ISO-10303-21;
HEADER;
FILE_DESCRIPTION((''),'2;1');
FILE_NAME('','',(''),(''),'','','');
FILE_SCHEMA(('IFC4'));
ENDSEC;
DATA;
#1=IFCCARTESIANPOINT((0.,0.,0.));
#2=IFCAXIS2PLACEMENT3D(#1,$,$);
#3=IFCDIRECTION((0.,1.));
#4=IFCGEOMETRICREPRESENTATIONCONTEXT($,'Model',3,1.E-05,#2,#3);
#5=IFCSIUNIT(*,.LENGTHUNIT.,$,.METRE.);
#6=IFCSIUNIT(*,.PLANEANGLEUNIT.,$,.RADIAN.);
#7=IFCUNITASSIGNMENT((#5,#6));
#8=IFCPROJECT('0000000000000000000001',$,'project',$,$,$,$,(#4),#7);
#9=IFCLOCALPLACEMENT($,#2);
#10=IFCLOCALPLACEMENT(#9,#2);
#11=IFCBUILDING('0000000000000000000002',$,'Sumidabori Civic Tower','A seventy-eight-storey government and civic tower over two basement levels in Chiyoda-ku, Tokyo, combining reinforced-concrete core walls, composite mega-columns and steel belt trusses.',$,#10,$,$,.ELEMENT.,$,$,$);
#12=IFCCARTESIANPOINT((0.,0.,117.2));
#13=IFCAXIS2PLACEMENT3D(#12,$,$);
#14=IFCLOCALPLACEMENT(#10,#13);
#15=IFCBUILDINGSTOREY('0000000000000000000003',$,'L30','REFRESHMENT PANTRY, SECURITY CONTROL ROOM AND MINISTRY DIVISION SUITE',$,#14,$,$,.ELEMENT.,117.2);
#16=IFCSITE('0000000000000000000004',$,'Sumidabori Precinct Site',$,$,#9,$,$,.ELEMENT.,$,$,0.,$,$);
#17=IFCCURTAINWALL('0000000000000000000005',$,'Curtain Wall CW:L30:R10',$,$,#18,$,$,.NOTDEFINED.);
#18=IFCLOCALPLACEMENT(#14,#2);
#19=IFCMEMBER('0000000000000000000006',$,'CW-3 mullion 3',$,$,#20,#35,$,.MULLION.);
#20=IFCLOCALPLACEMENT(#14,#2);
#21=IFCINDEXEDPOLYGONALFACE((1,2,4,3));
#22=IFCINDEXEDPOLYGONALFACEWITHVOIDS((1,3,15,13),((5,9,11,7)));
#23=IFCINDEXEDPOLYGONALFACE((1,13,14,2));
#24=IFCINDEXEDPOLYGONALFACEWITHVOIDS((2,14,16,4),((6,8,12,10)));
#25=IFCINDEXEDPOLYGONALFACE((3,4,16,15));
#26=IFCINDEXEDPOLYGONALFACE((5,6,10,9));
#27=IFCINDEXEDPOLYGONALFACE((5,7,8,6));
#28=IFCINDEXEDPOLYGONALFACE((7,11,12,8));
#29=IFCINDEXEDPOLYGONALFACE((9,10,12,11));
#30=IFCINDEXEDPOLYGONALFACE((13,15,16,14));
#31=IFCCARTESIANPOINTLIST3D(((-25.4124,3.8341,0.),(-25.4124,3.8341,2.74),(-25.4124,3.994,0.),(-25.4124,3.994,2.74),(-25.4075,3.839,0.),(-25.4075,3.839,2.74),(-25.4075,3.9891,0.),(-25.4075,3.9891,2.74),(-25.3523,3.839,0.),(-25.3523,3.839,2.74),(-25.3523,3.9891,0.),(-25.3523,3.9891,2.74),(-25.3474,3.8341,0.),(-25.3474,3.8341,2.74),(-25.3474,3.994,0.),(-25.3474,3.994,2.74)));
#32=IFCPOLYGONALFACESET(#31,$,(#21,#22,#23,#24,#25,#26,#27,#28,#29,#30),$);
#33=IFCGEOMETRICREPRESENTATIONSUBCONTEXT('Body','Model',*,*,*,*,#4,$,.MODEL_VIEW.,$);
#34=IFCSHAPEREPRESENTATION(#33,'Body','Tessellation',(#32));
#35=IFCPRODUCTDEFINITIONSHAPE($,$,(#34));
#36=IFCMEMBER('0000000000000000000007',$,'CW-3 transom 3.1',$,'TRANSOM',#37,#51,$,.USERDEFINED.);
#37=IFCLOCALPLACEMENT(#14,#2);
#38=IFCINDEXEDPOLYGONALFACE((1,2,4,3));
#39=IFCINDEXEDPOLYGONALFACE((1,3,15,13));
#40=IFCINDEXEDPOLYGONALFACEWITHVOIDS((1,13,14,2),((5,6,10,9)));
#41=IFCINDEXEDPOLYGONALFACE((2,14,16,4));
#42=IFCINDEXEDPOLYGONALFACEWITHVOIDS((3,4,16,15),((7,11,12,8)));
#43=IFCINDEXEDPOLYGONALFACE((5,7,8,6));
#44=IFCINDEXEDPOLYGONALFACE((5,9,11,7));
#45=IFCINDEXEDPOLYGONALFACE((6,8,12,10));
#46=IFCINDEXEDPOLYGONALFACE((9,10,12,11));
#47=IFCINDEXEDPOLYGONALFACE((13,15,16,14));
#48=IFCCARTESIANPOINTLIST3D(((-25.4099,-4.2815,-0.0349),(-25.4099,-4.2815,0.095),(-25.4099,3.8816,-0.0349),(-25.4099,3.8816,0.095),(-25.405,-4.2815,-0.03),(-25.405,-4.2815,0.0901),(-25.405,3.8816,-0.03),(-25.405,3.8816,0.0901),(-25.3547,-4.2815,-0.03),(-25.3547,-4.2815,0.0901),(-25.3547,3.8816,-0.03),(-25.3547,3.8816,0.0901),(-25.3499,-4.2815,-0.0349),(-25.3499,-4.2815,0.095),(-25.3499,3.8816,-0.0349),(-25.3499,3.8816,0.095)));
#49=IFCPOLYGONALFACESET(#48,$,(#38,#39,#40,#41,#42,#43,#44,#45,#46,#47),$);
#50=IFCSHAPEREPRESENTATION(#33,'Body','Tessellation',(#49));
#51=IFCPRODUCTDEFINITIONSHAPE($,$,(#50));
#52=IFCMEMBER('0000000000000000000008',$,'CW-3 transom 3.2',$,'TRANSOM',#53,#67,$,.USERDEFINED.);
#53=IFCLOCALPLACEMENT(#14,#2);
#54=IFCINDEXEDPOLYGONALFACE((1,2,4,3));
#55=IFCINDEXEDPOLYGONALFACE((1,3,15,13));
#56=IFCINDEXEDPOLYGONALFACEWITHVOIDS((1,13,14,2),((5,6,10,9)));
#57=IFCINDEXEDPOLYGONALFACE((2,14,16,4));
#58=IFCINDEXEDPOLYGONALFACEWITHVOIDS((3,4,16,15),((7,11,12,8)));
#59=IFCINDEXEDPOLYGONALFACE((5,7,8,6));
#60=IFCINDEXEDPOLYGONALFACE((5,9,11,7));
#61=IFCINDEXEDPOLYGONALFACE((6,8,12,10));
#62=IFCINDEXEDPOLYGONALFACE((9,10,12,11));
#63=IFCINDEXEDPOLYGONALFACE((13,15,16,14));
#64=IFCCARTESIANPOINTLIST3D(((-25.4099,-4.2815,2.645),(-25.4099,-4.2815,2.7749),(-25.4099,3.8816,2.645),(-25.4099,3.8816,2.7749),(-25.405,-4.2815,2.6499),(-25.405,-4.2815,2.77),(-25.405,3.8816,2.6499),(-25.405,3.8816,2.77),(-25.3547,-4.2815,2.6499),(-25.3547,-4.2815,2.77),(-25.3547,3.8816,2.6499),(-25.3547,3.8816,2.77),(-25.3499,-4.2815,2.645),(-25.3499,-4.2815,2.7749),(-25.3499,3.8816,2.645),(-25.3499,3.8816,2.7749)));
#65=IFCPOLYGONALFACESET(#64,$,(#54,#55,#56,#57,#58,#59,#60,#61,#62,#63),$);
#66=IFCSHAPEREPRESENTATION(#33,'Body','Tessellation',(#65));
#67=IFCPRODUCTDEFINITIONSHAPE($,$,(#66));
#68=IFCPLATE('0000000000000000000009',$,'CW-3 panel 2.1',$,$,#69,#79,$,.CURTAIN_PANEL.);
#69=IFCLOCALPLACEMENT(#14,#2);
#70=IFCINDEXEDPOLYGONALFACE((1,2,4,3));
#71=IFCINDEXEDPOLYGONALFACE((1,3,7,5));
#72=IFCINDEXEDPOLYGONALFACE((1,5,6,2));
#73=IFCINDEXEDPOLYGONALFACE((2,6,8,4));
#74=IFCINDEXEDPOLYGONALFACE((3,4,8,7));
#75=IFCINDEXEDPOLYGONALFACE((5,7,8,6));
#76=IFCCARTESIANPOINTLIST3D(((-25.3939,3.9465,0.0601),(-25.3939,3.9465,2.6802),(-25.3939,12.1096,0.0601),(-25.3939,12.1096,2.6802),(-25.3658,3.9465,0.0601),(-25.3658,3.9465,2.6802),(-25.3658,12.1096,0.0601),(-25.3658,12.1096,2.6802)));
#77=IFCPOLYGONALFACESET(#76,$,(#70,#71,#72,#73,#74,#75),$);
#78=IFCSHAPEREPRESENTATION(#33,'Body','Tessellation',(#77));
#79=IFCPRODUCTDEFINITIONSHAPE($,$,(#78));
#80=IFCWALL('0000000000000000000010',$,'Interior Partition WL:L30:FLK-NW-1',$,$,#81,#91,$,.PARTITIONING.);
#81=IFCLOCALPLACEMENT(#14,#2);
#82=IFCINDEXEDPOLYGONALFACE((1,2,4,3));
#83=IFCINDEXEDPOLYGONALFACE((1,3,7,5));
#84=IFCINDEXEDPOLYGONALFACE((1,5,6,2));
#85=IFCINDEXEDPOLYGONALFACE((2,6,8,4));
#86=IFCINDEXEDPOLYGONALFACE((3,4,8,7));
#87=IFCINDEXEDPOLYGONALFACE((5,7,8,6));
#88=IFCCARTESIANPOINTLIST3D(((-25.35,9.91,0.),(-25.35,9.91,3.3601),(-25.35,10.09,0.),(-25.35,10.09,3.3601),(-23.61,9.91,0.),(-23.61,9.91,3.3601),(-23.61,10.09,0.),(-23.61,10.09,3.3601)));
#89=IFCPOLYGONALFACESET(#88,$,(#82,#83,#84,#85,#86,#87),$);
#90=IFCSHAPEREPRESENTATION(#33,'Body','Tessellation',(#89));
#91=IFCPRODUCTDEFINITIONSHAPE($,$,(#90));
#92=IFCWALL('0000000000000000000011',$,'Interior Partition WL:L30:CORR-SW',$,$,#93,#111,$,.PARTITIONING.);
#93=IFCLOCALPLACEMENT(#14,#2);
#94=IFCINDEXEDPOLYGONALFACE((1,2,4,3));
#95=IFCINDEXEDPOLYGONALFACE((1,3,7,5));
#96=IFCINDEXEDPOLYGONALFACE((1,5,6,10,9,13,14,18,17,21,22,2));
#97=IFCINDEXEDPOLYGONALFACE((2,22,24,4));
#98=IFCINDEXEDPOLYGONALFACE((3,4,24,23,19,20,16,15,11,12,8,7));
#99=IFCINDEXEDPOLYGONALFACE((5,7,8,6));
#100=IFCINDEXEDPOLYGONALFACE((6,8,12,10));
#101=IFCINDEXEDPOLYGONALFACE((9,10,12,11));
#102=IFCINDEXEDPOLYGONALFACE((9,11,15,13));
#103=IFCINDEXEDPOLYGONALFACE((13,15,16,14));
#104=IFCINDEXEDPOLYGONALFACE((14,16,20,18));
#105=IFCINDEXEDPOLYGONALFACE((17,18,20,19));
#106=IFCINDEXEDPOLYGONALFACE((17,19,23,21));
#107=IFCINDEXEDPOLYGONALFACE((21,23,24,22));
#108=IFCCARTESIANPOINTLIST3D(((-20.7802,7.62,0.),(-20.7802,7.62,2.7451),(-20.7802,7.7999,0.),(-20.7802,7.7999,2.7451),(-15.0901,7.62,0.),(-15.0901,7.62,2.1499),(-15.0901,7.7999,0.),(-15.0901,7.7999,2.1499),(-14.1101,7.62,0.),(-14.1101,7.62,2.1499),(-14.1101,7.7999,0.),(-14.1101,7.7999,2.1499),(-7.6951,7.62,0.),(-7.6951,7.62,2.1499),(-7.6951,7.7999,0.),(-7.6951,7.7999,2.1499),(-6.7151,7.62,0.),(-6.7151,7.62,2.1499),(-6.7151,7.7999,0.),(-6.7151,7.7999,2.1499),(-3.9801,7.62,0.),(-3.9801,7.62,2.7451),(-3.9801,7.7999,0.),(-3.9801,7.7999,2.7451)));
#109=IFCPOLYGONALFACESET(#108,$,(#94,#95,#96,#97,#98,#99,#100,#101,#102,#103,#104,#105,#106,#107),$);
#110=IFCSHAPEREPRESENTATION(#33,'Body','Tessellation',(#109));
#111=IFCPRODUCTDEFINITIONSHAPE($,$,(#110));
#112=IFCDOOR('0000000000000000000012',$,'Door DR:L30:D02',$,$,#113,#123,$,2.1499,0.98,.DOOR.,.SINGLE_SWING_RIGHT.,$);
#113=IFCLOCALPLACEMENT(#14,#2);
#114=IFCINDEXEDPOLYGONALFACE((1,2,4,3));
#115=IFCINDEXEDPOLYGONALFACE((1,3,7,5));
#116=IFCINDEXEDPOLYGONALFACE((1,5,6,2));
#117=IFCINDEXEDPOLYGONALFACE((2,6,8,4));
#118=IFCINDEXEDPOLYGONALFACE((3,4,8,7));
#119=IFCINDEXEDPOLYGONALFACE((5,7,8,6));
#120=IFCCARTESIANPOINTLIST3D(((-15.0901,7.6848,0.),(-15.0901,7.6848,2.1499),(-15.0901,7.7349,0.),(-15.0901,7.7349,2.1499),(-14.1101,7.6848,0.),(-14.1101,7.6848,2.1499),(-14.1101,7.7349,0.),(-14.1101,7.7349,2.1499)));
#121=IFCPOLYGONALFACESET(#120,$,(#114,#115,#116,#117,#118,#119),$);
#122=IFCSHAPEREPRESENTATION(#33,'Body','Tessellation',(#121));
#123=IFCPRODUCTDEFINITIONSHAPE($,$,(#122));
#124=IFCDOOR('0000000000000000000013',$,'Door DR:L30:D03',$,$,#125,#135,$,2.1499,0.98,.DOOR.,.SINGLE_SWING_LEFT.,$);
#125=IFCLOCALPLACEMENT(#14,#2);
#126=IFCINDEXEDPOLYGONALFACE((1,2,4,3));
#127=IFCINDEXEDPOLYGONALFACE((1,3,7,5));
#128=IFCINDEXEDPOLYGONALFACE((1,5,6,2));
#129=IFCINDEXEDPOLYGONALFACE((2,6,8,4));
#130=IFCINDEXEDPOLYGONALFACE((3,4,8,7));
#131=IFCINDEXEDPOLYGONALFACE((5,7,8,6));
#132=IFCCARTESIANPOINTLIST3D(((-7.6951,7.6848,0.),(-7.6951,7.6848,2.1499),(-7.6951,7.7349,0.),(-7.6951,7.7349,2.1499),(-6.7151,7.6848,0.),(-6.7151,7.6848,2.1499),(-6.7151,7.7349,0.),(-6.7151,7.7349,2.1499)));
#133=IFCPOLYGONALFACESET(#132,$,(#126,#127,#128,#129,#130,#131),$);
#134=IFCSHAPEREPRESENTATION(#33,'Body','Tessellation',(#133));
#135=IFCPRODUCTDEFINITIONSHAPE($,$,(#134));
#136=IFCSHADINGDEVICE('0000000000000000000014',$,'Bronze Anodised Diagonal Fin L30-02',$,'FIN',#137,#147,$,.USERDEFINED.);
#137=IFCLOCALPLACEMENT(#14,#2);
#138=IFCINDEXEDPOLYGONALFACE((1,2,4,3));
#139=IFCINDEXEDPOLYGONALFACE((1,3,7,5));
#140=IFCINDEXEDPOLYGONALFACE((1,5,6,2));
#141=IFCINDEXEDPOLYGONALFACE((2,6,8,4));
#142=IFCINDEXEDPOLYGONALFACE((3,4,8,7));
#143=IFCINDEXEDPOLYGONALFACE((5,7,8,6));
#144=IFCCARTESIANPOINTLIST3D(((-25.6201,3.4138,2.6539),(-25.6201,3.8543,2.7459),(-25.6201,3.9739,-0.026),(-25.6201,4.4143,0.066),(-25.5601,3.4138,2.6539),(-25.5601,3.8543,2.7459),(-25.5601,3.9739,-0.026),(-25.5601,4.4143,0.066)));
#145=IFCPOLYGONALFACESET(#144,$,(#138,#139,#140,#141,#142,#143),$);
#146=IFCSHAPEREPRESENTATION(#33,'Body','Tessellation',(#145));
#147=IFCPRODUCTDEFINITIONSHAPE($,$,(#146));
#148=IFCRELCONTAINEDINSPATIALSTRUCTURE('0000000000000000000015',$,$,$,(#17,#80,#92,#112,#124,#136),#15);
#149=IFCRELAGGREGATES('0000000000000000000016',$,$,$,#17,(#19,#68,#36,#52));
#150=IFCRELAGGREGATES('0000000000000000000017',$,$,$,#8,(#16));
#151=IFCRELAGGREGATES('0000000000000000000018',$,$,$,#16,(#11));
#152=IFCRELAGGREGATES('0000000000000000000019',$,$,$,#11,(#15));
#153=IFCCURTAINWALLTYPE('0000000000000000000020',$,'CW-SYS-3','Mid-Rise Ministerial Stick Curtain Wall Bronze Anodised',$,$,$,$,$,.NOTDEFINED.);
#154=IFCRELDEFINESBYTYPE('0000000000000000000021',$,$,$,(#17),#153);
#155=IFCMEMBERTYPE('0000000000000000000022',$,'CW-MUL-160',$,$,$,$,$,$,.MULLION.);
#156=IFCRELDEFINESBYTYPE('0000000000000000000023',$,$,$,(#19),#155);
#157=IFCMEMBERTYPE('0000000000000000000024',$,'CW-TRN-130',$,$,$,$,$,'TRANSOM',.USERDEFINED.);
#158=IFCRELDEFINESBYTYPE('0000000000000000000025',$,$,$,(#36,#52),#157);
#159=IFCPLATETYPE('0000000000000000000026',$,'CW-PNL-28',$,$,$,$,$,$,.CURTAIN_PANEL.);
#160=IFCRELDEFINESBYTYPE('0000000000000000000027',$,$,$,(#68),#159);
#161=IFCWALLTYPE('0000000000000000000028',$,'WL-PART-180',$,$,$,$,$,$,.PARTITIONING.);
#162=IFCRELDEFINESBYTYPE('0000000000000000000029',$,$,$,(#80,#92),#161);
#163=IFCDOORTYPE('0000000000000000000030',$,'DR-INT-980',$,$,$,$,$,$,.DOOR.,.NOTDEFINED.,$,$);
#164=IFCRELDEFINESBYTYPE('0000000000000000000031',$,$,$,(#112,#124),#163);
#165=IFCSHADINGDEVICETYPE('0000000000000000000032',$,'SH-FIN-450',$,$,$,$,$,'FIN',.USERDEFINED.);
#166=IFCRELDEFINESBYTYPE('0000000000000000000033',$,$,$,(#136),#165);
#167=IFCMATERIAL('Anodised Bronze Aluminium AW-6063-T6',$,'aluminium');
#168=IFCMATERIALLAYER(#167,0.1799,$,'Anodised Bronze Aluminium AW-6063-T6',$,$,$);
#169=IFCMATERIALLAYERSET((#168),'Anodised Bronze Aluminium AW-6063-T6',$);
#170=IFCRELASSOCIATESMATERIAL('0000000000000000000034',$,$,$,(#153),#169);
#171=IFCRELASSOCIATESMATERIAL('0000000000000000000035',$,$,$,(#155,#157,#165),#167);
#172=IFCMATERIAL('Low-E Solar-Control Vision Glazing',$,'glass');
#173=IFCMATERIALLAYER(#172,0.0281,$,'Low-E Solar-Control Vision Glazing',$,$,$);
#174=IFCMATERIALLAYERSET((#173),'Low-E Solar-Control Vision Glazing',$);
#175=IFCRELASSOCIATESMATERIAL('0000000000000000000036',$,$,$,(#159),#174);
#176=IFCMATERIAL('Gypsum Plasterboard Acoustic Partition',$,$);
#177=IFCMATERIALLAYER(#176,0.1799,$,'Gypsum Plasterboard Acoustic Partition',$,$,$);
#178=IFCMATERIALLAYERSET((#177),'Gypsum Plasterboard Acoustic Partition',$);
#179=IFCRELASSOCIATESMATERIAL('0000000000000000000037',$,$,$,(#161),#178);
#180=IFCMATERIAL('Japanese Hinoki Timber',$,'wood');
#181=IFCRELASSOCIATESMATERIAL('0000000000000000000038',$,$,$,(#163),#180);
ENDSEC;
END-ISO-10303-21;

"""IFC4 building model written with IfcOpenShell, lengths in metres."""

from ifc_helpers import new_model, si_unit, direction, frame, frame_2d, origin, origin_2d, place, context, subcontext, project, spatial, rectangle, hollow_rectangle, extrude, source, transform, mapped, material, layer, layer_set, material_profile, profile_set, type_object, element, fill, aggregate, save


model = new_model("IFC4")

# Units and contexts
model_context = context("Model", 3, precision=1e-05, world=origin(), true_north=direction((0.0, 1.0)))
body_context = subcontext(model_context, "Body", "Model", "MODEL_VIEW")
ifc_project = project(units=[si_unit("LENGTHUNIT", "METRE"), si_unit("PLANEANGLEUNIT", "RADIAN")], contexts=[model_context])

# Site, building, storey
site_placement = place(None, origin())
site = spatial("IfcSite", under=ifc_project, at=site_placement, Name="Sumidabori Precinct Site", CompositionType="ELEMENT", RefElevation=0.0)
building_placement = place(site_placement, origin())
building = spatial("IfcBuilding", under=site, at=building_placement, Name="Sumidabori Civic Tower", Description="A seventy-eight-storey government and civic tower over two basement levels in Chiyoda-ku, Tokyo, combining reinforced-concrete core walls, composite mega-columns and steel belt trusses.", CompositionType="ELEMENT")
storey_placement = place(building_placement, frame((0.0, 0.0, 117.2)))
storey = spatial("IfcBuildingStorey", under=building, at=storey_placement, Name="L30", Description="REFRESHMENT PANTRY, SECURITY CONTROL ROOM AND MINISTRY DIVISION SUITE", CompositionType="ELEMENT", Elevation=117.2)

# Curtain wall, members, plate
ifc_material_1 = material(Name="Anodised Bronze Aluminium AW-6063-T6", Category="aluminium")
ifc_layer_1 = layer(ifc_material_1, 0.1799, Name="Anodised Bronze Aluminium AW-6063-T6")
ifc_layer_set_1 = layer_set([ifc_layer_1], Name="Anodised Bronze Aluminium AW-6063-T6")
curtain_wall_type = type_object("IfcCurtainWallType", Name="CW-SYS-3", Description="Mid-Rise Ministerial Stick Curtain Wall Bronze Anodised", PredefinedType="NOTDEFINED", material=ifc_layer_set_1)
curtain_wall_placement = place(storey_placement, origin())
curtain_wall = element("IfcCurtainWall", 1, at=curtain_wall_placement, inside=storey, type_object=curtain_wall_type, Name="Curtain Wall CW:L30:R10", PredefinedType="NOTDEFINED")
ifc_material_profile_1 = material_profile(ifc_material_1, hollow_rectangle(XDim=0.0649, YDim=0.1599, WallThickness=0.0049, at=origin_2d()), Name="ALU MULLION 160x65")
ifc_profile_set_1 = profile_set([ifc_material_profile_1], Name="Anodised Bronze Aluminium AW-6063-T6")
member_type_1 = type_object("IfcMemberType", Name="CW-MUL-160", PredefinedType="MULLION", material=ifc_profile_set_1)
shared_shape_1 = source(origin(), body_context, "Body", "SweptSolid", [
    extrude(hollow_rectangle(XDim=0.0649, YDim=0.1599, WallThickness=0.0049, at=origin_2d()), origin(), (0.0, 0.0, 1.0), 2.74),
])
member_1_placement = place(storey_placement, frame((-25.3799, 3.9141, 0.0), z_axis=(0.0, 0.0, 1.0), x_axis=(1.0, 0.0, 0.0)))
member_1 = element("IfcMember", 2, at=member_1_placement, type_object=member_type_1, Name="CW-3 mullion 3", PredefinedType="MULLION", context=body_context, shape_type="MappedRepresentation", body=[
    mapped(shared_shape_1, transform((0.0, 0.0, 0.0), x_axis=(1.0, 0.0, 0.0), y_axis=(0.0, 1.0, 0.0), z_axis=(0.0, 0.0, 1.0), scale=1.0)),
])
ifc_material_profile_2 = material_profile(ifc_material_1, hollow_rectangle(XDim=0.0601, YDim=0.1299, WallThickness=0.0049, at=origin_2d()), Name="ALU TRANSOM 130x60")
ifc_profile_set_2 = profile_set([ifc_material_profile_2], Name="Anodised Bronze Aluminium AW-6063-T6")
member_type_2 = type_object("IfcMemberType", Name="CW-TRN-130", ElementType="TRANSOM", PredefinedType="USERDEFINED", material=ifc_profile_set_2)
shared_shape_2 = source(origin(), body_context, "Body", "SweptSolid", [
    extrude(hollow_rectangle(XDim=0.0601, YDim=0.1299, WallThickness=0.0049, at=origin_2d()), origin(), (0.0, 0.0, 1.0), 8.1631),
])
member_2_placement = place(storey_placement, frame((-25.3799, 3.8816, 0.03), z_axis=(0.0, -1.0, 0.0), x_axis=(1.0, 0.0, 0.0)))
member_2 = element("IfcMember", 3, at=member_2_placement, type_object=member_type_2, Name="CW-3 transom 3.1", ObjectType="TRANSOM", PredefinedType="USERDEFINED", context=body_context, shape_type="MappedRepresentation", body=[
    mapped(shared_shape_2, transform((0.0, 0.0, 0.0), x_axis=(1.0, 0.0, 0.0), y_axis=(0.0, 1.0, 0.0), z_axis=(0.0, 0.0, 1.0), scale=1.0)),
])
member_3_placement = place(storey_placement, frame((-25.3799, 3.8816, 2.71), z_axis=(0.0, -1.0, 0.0), x_axis=(1.0, 0.0, 0.0)))
member_3 = element("IfcMember", 4, at=member_3_placement, type_object=member_type_2, Name="CW-3 transom 3.2", ObjectType="TRANSOM", PredefinedType="USERDEFINED", context=body_context, shape_type="MappedRepresentation", body=[
    mapped(shared_shape_2, transform((0.0, 0.0, 0.0), x_axis=(1.0, 0.0, 0.0), y_axis=(0.0, 1.0, 0.0), z_axis=(0.0, 0.0, 1.0), scale=1.0)),
])
ifc_material_2 = material(Name="Low-E Solar-Control Vision Glazing", Category="glass")
ifc_layer_2 = layer(ifc_material_2, 0.0281, Name="Low-E Solar-Control Vision Glazing")
ifc_layer_set_2 = layer_set([ifc_layer_2], Name="Low-E Solar-Control Vision Glazing")
plate_type = type_object("IfcPlateType", Name="CW-PNL-28", PredefinedType="CURTAIN_PANEL", material=ifc_layer_set_2)
shared_shape_3 = source(origin(), body_context, "Body", "SweptSolid", [
    extrude(rectangle(XDim=8.1631, YDim=0.0281, at=origin_2d()), origin(), (0.0, 0.0, 1.0), 2.6201),
])
plate_placement = place(storey_placement, frame((-25.3799, 8.0281, 0.0601), z_axis=(0.0, 0.0, 1.0), x_axis=(0.0, -1.0, 0.0)))
plate = element("IfcPlate", 5, at=plate_placement, type_object=plate_type, Name="CW-3 panel 2.1", PredefinedType="CURTAIN_PANEL", context=body_context, shape_type="MappedRepresentation", body=[
    mapped(shared_shape_3, transform((0.0, 0.0, 0.0), x_axis=(1.0, 0.0, 0.0), y_axis=(0.0, 1.0, 0.0), z_axis=(0.0, 0.0, 1.0), scale=1.0)),
])
aggregate(curtain_wall, [member_1, plate, member_2, member_3])

# Wall
ifc_material_3 = material(Name="Gypsum Plasterboard Acoustic Partition")
ifc_layer_3 = layer(ifc_material_3, 0.1799, Name="Gypsum Plasterboard Acoustic Partition")
ifc_layer_set_3 = layer_set([ifc_layer_3], Name="Gypsum Plasterboard Acoustic Partition")
wall_type_1 = type_object("IfcWallType", Name="WL-PART-180", PredefinedType="PARTITIONING", material=ifc_layer_set_3)
shared_shape_4 = source(origin(), body_context, "Body", "SweptSolid", [
    extrude(rectangle(XDim=1.74, YDim=0.1799, at=frame_2d((0.8701, 0.0))), origin(), (0.0, 0.0, 1.0), 3.3601),
])
wall_1_placement = place(storey_placement, frame((-25.3501, 10.0, 0.0), z_axis=(0.0, 0.0, 1.0), x_axis=(1.0, 0.0, 0.0)))
element("IfcWall", 6, at=wall_1_placement, inside=storey, type_object=wall_type_1, Name="Interior Partition WL:L30:FLK-NW-1", PredefinedType="PARTITIONING", context=body_context, shape_type="MappedRepresentation", body=[
    mapped(shared_shape_4, transform((0.0, 0.0, 0.0), x_axis=(1.0, 0.0, 0.0), y_axis=(0.0, 1.0, 0.0), z_axis=(0.0, 0.0, 1.0), scale=1.0)),
])

# Shared definitions
ifc_material_4 = material(Name="Japanese Hinoki Timber", Category="wood")

# Wall, openings, doors
shared_shape_5 = source(origin(), body_context, "Body", "SweptSolid", [
    extrude(rectangle(XDim=16.8, YDim=0.1799, at=frame_2d((8.3999, 0.0))), origin(), (0.0, 0.0, 1.0), 2.7451),
])
wall_2_placement = place(storey_placement, frame((-20.78, 7.71, 0.0), z_axis=(0.0, 0.0, 1.0), x_axis=(1.0, 0.0, 0.0)))
wall_2 = element("IfcWall", 7, at=wall_2_placement, inside=storey, type_object=wall_type_1, Name="Interior Partition WL:L30:CORR-SW", PredefinedType="PARTITIONING", context=body_context, shape_type="MappedRepresentation", body=[
    mapped(shared_shape_5, transform((0.0, 0.0, 0.0), x_axis=(1.0, 0.0, 0.0), y_axis=(0.0, 1.0, 0.0), z_axis=(0.0, 0.0, 1.0), scale=1.0)),
])
opening_1_placement = place(wall_2_placement, frame((5.6899, 0.0, 0.0)))
opening_1 = element("IfcOpeningElement", 8, at=opening_1_placement, cuts=wall_2, PredefinedType="OPENING", context=body_context, shape_type="SweptSolid", body=[
    extrude(rectangle(XDim=0.98, YDim=2.1499, at=frame_2d((0.49, 1.075))), frame((0.0, 0.1021, 0.0), z_axis=(0.0, -1.0, 0.0), x_axis=(1.0, 0.0, 0.0)), (0.0, 0.0, 1.0), 0.2039),
])
opening_2_placement = place(wall_2_placement, frame((13.085, 0.0, 0.0)))
opening_2 = element("IfcOpeningElement", 9, at=opening_2_placement, cuts=wall_2, PredefinedType="OPENING", context=body_context, shape_type="SweptSolid", body=[
    extrude(rectangle(XDim=0.98, YDim=2.1499, at=frame_2d((0.49, 1.075))), frame((0.0, 0.1021, 0.0), z_axis=(0.0, -1.0, 0.0), x_axis=(1.0, 0.0, 0.0)), (0.0, 0.0, 1.0), 0.2039),
])
door_type_1 = type_object("IfcDoorType", Name="DR-INT-980", OperationType="NOTDEFINED", PredefinedType="DOOR", material=ifc_material_4)
shared_shape_6 = source(origin(), body_context, "Body", "SweptSolid", [
    extrude(rectangle(XDim=0.98, YDim=2.1499, at=frame_2d((0.49, 1.075))), frame((0.0, 0.0249, 0.0), z_axis=(0.0, -1.0, 0.0), x_axis=(1.0, 0.0, 0.0)), (0.0, 0.0, 1.0), 0.05),
])
door_1_placement = place(opening_1_placement, origin())
door_1 = element("IfcDoor", 10, at=door_1_placement, inside=storey, type_object=door_type_1, Name="Door DR:L30:D02", OperationType="SINGLE_SWING_RIGHT", OverallHeight=2.1499, OverallWidth=0.98, PredefinedType="DOOR", context=body_context, shape_type="MappedRepresentation", body=[
    mapped(shared_shape_6, transform((0.0, 0.0, 0.0), x_axis=(1.0, 0.0, 0.0), y_axis=(0.0, 1.0, 0.0), z_axis=(0.0, 0.0, 1.0), scale=1.0)),
])
fill(opening_1, door_1)
door_2_placement = place(opening_2_placement, origin())
door_2 = element("IfcDoor", 11, at=door_2_placement, inside=storey, type_object=door_type_1, Name="Door DR:L30:D03", OperationType="SINGLE_SWING_LEFT", OverallHeight=2.1499, OverallWidth=0.98, PredefinedType="DOOR", context=body_context, shape_type="MappedRepresentation", body=[
    mapped(shared_shape_6, transform((0.0, 0.0, 0.0), x_axis=(1.0, 0.0, 0.0), y_axis=(0.0, 1.0, 0.0), z_axis=(0.0, 0.0, 1.0), scale=1.0)),
])
fill(opening_2, door_2)

# Shading device
ifc_material_profile_3 = material_profile(ifc_material_1, rectangle(XDim=0.0601, YDim=0.45, at=origin_2d()), Name="BRONZE FIN 450x60")
ifc_profile_set_3 = profile_set([ifc_material_profile_3], Name="Anodised Bronze Aluminium AW-6063-T6")
shading_device_type = type_object("IfcShadingDeviceType", Name="SH-FIN-450", ElementType="FIN", PredefinedType="USERDEFINED", material=ifc_profile_set_3)
shared_shape_7 = source(origin(), body_context, "Body", "SweptSolid", [
    extrude(rectangle(XDim=0.0601, YDim=0.45, at=origin_2d()), origin(), (0.0, 0.0, 1.0), 2.7378),
])
shading_device_placement = place(storey_placement, frame((-25.5901, 4.1941, 0.02), z_axis=(0.0, -0.204563, 0.978853), x_axis=(-1.0, 0.0, 0.0)))
element("IfcShadingDevice", 12, at=shading_device_placement, inside=storey, type_object=shading_device_type, Name="Bronze Anodised Diagonal Fin L30-02", ObjectType="FIN", PredefinedType="USERDEFINED", context=body_context, shape_type="MappedRepresentation", body=[
    mapped(shared_shape_7, transform((0.0, 0.0, 0.0), x_axis=(1.0, 0.0, 0.0), y_axis=(0.0, 1.0, 0.0), z_axis=(0.0, 0.0, 1.0), scale=1.0)),
])

save(model, "model.ifc")
